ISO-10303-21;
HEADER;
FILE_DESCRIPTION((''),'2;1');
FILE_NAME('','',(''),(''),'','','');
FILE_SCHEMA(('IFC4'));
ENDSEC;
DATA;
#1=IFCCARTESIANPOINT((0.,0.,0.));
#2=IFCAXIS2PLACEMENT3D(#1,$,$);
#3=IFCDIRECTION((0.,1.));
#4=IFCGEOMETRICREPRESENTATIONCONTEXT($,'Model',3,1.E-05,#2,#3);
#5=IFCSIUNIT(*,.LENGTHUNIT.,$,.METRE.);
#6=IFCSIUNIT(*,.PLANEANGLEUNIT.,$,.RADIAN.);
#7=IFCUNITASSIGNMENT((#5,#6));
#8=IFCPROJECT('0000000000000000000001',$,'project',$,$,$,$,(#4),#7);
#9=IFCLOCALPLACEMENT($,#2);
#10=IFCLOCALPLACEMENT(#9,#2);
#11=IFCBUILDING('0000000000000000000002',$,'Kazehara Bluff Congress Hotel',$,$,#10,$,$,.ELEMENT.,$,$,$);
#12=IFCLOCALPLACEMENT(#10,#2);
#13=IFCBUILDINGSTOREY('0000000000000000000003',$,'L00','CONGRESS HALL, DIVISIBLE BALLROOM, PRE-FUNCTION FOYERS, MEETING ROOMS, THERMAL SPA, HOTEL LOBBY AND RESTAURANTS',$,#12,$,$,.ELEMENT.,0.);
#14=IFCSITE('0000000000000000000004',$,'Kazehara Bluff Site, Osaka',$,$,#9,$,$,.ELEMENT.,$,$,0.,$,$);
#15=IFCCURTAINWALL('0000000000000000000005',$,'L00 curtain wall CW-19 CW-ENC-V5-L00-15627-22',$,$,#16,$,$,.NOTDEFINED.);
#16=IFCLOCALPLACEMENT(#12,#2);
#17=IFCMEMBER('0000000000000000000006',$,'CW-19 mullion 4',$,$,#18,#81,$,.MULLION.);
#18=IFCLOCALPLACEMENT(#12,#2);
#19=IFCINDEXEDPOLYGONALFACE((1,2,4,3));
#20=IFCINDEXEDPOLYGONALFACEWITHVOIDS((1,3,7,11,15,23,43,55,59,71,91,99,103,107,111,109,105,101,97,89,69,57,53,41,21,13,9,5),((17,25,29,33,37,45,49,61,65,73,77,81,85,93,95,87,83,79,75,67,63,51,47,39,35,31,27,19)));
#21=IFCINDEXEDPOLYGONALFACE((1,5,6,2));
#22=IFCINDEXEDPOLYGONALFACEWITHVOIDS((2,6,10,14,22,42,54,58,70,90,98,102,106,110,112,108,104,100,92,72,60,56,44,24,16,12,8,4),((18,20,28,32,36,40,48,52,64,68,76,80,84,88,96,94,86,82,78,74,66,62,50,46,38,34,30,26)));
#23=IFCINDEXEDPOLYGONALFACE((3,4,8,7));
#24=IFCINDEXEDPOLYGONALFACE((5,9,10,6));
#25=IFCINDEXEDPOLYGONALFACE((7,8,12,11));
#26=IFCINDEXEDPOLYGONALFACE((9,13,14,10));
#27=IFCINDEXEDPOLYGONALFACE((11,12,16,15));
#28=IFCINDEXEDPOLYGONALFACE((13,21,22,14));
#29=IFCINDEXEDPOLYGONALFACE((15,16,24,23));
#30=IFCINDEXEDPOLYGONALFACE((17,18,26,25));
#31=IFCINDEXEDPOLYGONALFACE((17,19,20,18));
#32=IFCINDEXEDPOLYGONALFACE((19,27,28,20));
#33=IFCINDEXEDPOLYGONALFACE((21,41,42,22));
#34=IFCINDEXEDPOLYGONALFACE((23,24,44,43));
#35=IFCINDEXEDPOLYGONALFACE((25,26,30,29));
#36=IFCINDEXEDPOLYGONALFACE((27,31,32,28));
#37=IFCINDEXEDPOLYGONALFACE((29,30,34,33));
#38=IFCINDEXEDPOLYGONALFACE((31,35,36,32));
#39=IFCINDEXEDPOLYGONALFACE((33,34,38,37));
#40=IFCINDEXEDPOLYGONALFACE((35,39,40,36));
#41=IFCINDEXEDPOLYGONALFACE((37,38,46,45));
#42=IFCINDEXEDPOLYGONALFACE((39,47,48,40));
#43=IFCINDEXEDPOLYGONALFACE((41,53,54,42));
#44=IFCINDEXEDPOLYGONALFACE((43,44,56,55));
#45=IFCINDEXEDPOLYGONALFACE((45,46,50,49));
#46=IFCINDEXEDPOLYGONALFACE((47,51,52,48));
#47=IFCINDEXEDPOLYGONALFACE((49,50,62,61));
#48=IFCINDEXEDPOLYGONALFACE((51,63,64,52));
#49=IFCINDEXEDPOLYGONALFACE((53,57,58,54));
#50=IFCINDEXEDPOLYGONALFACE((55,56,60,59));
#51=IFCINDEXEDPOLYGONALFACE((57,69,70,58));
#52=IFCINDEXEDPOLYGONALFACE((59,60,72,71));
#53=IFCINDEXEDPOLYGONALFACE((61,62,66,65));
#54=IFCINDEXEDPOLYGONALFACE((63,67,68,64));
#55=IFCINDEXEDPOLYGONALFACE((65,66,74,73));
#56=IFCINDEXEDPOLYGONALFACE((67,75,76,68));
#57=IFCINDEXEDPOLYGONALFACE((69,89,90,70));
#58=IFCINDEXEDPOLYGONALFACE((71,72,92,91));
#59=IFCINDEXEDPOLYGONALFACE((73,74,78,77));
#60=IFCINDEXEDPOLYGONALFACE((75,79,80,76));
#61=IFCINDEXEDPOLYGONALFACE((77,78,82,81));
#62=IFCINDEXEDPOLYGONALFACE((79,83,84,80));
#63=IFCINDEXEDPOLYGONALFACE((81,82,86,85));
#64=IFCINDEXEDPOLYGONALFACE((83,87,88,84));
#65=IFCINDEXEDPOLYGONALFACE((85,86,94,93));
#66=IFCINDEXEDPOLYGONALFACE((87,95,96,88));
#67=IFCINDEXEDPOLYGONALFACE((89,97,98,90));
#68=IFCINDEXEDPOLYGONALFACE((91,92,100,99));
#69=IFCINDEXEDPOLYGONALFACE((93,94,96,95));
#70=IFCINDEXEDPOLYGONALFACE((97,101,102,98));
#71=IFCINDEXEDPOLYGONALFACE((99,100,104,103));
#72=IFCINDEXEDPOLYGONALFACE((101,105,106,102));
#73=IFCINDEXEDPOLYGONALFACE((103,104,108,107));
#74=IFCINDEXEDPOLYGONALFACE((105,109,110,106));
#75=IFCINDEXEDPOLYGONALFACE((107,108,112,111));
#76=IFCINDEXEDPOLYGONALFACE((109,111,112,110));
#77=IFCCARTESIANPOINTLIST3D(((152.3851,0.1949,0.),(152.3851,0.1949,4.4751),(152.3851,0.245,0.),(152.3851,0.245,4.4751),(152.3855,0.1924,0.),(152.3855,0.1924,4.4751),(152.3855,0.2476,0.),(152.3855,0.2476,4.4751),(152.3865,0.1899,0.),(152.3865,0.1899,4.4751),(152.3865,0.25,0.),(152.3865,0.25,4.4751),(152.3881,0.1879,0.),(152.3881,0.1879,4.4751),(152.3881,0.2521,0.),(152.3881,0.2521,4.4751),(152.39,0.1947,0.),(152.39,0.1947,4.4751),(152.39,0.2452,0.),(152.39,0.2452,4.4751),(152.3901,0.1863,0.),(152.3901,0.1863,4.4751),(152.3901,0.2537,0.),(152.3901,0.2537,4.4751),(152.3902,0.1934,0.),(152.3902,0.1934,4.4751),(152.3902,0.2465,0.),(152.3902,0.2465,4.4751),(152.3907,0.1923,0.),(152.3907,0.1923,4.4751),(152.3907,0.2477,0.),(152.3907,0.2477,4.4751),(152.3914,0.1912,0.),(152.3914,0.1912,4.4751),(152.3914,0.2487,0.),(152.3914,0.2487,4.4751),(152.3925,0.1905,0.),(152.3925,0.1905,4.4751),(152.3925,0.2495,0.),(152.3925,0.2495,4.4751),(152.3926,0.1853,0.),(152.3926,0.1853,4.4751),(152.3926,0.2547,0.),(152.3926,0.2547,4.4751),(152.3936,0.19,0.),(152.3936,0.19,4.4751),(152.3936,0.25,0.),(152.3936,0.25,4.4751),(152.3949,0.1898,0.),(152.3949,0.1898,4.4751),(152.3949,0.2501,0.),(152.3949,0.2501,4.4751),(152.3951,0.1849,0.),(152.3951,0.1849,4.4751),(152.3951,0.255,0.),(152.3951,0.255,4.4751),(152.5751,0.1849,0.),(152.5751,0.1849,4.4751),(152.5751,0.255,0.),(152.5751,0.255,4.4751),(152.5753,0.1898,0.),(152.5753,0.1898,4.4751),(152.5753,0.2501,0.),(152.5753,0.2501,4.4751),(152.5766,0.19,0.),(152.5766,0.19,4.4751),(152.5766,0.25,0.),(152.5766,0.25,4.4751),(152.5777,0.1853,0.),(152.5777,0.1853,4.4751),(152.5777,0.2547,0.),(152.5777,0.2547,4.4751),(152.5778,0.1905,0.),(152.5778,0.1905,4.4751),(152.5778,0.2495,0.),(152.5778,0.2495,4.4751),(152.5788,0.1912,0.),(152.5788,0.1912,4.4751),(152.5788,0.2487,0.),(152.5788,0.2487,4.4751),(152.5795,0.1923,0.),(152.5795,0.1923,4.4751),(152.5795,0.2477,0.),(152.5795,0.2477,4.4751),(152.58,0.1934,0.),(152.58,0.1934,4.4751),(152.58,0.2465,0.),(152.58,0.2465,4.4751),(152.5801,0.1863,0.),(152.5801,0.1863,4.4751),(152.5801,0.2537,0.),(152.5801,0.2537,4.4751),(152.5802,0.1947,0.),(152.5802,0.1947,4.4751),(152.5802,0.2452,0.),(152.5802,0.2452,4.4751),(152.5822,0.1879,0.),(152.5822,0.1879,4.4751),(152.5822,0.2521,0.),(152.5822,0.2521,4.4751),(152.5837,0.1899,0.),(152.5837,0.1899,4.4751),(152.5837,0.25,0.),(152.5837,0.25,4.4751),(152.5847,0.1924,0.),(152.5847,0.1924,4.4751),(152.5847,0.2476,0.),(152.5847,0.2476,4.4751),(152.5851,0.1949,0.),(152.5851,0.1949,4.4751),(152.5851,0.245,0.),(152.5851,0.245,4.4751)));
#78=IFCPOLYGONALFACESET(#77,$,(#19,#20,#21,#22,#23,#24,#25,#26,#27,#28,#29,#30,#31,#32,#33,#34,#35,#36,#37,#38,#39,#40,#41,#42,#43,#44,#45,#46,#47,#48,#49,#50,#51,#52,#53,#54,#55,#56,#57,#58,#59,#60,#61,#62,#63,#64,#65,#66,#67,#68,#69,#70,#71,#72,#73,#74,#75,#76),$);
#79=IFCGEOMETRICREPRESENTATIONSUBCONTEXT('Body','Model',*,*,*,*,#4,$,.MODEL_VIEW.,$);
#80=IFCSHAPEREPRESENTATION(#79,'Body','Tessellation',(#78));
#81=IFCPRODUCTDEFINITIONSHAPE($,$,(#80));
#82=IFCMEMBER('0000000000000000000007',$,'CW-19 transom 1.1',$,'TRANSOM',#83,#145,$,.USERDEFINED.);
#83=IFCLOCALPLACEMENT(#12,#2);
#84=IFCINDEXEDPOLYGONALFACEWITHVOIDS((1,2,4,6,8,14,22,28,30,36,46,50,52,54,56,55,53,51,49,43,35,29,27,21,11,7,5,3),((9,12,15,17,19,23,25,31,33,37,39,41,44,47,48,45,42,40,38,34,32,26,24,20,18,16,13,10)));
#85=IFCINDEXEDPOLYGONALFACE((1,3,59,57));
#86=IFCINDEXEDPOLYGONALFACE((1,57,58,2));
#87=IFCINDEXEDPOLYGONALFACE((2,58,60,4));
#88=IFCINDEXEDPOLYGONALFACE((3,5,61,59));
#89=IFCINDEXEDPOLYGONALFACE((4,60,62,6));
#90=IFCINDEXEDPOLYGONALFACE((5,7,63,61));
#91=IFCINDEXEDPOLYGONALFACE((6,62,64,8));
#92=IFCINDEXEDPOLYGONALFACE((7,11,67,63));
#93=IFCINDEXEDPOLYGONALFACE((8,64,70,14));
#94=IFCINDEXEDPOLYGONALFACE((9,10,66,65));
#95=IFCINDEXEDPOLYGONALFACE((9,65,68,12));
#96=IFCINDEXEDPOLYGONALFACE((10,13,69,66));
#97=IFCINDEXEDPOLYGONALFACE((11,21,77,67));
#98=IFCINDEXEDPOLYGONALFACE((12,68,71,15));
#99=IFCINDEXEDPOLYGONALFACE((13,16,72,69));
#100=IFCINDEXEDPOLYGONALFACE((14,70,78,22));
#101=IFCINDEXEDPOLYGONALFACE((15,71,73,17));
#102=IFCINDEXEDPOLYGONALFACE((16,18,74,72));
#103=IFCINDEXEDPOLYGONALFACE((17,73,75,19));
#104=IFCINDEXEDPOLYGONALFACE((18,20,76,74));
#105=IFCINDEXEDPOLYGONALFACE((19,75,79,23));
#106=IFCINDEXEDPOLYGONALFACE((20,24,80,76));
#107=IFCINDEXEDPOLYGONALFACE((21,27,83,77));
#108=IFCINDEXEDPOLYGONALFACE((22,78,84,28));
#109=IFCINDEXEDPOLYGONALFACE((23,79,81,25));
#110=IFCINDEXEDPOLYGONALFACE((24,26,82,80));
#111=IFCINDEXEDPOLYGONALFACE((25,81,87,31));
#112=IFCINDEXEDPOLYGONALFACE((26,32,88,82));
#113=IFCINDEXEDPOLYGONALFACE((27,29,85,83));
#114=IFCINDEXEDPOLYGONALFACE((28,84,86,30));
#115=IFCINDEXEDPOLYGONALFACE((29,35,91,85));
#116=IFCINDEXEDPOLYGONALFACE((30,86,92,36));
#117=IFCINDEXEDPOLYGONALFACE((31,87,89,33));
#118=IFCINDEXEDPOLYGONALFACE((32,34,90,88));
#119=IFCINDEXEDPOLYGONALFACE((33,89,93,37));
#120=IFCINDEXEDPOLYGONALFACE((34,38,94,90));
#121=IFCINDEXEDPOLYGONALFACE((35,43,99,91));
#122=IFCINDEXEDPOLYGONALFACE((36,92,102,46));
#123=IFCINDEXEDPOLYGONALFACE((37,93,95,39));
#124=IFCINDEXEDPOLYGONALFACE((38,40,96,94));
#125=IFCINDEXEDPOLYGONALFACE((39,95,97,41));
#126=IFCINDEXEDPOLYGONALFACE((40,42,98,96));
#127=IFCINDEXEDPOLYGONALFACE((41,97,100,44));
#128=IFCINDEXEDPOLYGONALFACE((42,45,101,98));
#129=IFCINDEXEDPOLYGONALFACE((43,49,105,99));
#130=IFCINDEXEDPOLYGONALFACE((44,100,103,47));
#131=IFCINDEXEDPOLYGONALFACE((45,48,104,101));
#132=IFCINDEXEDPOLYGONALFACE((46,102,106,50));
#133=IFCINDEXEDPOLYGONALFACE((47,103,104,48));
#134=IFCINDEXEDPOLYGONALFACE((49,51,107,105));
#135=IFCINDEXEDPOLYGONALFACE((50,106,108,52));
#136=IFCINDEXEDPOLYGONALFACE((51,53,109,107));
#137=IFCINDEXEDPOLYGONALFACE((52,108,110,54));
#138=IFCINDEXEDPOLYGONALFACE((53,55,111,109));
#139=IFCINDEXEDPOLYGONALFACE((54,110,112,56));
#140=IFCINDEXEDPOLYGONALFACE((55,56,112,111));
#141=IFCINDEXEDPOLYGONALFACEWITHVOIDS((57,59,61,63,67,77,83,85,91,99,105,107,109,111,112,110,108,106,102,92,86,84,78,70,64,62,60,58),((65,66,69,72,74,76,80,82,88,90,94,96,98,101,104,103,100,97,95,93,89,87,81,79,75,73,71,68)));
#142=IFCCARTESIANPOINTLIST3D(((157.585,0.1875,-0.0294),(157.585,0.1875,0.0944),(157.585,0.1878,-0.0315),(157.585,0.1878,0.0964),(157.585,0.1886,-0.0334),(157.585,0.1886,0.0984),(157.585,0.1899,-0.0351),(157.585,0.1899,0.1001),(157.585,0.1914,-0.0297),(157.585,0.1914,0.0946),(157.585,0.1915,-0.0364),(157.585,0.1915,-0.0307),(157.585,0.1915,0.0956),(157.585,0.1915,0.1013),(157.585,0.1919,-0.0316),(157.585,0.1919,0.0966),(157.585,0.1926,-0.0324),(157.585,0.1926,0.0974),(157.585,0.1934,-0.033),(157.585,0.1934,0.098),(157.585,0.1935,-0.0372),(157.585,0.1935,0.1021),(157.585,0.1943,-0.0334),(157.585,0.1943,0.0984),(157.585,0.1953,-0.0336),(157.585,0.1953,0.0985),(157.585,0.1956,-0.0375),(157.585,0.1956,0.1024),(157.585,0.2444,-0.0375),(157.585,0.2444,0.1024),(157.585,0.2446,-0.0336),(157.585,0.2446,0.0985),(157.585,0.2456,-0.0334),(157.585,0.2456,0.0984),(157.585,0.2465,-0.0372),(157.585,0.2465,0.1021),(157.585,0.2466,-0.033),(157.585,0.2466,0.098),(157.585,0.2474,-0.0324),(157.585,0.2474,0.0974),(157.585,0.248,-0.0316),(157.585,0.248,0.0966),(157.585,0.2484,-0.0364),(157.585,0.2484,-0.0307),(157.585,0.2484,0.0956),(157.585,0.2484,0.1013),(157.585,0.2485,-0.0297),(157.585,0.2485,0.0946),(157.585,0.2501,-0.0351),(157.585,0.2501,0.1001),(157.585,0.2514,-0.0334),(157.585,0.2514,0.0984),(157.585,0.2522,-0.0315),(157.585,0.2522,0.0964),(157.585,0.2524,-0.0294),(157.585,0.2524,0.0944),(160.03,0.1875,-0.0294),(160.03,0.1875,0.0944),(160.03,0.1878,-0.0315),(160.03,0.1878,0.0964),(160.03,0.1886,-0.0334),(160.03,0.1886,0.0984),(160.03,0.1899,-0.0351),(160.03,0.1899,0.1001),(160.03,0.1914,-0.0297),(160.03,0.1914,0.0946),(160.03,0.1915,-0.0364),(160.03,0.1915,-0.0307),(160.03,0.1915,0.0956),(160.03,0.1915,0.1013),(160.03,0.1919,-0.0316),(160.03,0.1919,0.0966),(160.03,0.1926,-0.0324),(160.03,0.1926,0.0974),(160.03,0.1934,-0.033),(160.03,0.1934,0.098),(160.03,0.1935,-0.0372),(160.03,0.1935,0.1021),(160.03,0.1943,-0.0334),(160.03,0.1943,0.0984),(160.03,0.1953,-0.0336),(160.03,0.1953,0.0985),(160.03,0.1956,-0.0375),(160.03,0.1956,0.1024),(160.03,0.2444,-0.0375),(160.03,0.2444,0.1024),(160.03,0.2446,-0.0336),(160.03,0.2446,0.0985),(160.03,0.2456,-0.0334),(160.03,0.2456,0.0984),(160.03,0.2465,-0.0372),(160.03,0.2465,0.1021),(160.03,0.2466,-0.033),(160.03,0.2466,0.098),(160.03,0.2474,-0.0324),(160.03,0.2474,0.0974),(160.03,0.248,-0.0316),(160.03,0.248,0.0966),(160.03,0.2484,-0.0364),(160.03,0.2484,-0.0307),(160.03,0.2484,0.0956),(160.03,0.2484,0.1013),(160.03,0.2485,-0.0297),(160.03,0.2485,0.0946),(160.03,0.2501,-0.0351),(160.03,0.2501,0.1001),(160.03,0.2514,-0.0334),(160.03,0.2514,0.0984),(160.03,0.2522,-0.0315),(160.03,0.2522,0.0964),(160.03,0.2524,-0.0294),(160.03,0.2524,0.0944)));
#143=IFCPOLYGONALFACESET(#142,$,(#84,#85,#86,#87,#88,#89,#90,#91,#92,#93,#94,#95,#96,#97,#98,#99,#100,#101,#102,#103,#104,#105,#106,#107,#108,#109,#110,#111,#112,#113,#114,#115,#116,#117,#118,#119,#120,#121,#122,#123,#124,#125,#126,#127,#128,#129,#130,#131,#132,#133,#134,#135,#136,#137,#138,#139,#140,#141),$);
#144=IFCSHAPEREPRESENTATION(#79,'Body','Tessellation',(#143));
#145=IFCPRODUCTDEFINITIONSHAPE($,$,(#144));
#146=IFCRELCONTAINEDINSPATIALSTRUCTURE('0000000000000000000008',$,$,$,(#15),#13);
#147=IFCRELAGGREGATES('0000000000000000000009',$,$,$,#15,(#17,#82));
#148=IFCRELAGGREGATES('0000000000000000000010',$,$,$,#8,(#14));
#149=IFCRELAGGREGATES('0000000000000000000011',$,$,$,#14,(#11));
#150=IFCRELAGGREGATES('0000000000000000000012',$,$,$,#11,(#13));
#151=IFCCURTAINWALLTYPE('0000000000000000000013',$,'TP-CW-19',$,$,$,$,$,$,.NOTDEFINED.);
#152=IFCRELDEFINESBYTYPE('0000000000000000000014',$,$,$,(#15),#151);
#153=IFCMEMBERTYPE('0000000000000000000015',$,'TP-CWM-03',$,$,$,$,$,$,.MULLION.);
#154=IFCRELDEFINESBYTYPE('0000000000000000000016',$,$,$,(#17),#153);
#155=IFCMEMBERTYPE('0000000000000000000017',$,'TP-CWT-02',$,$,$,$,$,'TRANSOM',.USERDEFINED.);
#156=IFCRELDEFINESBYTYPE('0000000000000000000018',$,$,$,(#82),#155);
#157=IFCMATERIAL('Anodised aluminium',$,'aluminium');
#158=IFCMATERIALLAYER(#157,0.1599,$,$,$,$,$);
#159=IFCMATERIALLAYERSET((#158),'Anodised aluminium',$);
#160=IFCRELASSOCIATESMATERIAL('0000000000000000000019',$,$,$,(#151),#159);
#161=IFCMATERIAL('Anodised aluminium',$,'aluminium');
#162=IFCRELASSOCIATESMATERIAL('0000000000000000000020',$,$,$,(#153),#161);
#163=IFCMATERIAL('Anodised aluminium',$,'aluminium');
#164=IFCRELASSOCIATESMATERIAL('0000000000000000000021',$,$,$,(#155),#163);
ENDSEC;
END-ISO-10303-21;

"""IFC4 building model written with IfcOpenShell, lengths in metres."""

from ifc_helpers import new_model, si_unit, direction, frame, origin, origin_2d, place, context, subcontext, project, spatial, hollow_rectangle, extrude, material, layer, layer_set, material_profile, profile_set, type_object, element, aggregate, save


model = new_model("IFC4")

# Units and contexts
model_context = context("Model", 3, precision=1e-05, world=origin(), true_north=direction((0.0, 1.0)))
body_context = subcontext(model_context, "Body", "Model", "MODEL_VIEW")
ifc_project = project(units=[si_unit("LENGTHUNIT", "METRE"), si_unit("PLANEANGLEUNIT", "RADIAN")], contexts=[model_context])

# Site, building, storey
site_placement = place(None, origin())
site = spatial("IfcSite", under=ifc_project, at=site_placement, Name="Kazehara Bluff Site, Osaka", CompositionType="ELEMENT", RefElevation=0.0)
building_placement = place(site_placement, origin())
building = spatial("IfcBuilding", under=site, at=building_placement, Name="Kazehara Bluff Congress Hotel", CompositionType="ELEMENT")
storey_placement = place(building_placement, origin())
storey = spatial("IfcBuildingStorey", under=building, at=storey_placement, Name="L00", Description="CONGRESS HALL, DIVISIBLE BALLROOM, PRE-FUNCTION FOYERS, MEETING ROOMS, THERMAL SPA, HOTEL LOBBY AND RESTAURANTS", CompositionType="ELEMENT", Elevation=0.0)

# Curtain wall, members
ifc_material_1 = material(Name="Anodised aluminium", Category="aluminium")
ifc_layer_1 = layer(ifc_material_1, 0.1599)
ifc_layer_set_1 = layer_set([ifc_layer_1], Name="Anodised aluminium")
curtain_wall_type = type_object("IfcCurtainWallType", Name="TP-CW-19", PredefinedType="NOTDEFINED", material=ifc_layer_set_1)
curtain_wall_placement = place(storey_placement, origin())
curtain_wall = element("IfcCurtainWall", 1, at=curtain_wall_placement, inside=storey, type_object=curtain_wall_type, Name="L00 curtain wall CW-19 CW-ENC-V5-L00-15627-22", PredefinedType="NOTDEFINED")
ifc_material_2 = material(Name="Anodised aluminium", Category="aluminium")
ifc_material_profile_1 = material_profile(ifc_material_2, hollow_rectangle(XDim=0.0701, YDim=0.2, WallThickness=0.0049, InnerFilletRadius=0.0049, OuterFilletRadius=0.01, at=origin_2d()))
ifc_profile_set_1 = profile_set([ifc_material_profile_1], Name="Anodised aluminium")
member_type_1 = type_object("IfcMemberType", Name="TP-CWM-03", PredefinedType="MULLION", material=ifc_profile_set_1)
member_1_placement = place(storey_placement, frame((152.4851, 0.22, 0.0), z_axis=(0.0, 0.0, 1.0), x_axis=(0.0, -1.0, 0.0)))
member_1 = element("IfcMember", 2, at=member_1_placement, type_object=member_type_1, Name="CW-19 mullion 4", PredefinedType="MULLION", context=body_context, shape_type="SweptSolid", body=[
    extrude(hollow_rectangle(XDim=0.0701, YDim=0.2, WallThickness=0.0049, InnerFilletRadius=0.0049, OuterFilletRadius=0.01, at=origin_2d()), origin(), (0.0, 0.0, 1.0), 4.4751),
])
ifc_material_3 = material(Name="Anodised aluminium", Category="aluminium")
ifc_material_profile_2 = material_profile(ifc_material_3, hollow_rectangle(XDim=0.0649, YDim=0.1399, WallThickness=0.0039, InnerFilletRadius=0.0039, OuterFilletRadius=0.0081, at=origin_2d()))
ifc_profile_set_2 = profile_set([ifc_material_profile_2], Name="Anodised aluminium")
member_type_2 = type_object("IfcMemberType", Name="TP-CWT-02", ElementType="TRANSOM", PredefinedType="USERDEFINED", material=ifc_profile_set_2)
member_2_placement = place(storey_placement, frame((160.03, 0.22, 0.0325), z_axis=(-1.0, 0.0, 0.0), x_axis=(0.0, -1.0, 0.0)))
member_2 = element("IfcMember", 3, at=member_2_placement, type_object=member_type_2, Name="CW-19 transom 1.1", ObjectType="TRANSOM", PredefinedType="USERDEFINED", context=body_context, shape_type="SweptSolid", body=[
    extrude(hollow_rectangle(XDim=0.0649, YDim=0.1399, WallThickness=0.0039, InnerFilletRadius=0.0039, OuterFilletRadius=0.0081, at=origin_2d()), origin(), (0.0, 0.0, 1.0), 2.4451),
])

aggregate(curtain_wall, [member_1, member_2])

save(model, "model.ifc")
